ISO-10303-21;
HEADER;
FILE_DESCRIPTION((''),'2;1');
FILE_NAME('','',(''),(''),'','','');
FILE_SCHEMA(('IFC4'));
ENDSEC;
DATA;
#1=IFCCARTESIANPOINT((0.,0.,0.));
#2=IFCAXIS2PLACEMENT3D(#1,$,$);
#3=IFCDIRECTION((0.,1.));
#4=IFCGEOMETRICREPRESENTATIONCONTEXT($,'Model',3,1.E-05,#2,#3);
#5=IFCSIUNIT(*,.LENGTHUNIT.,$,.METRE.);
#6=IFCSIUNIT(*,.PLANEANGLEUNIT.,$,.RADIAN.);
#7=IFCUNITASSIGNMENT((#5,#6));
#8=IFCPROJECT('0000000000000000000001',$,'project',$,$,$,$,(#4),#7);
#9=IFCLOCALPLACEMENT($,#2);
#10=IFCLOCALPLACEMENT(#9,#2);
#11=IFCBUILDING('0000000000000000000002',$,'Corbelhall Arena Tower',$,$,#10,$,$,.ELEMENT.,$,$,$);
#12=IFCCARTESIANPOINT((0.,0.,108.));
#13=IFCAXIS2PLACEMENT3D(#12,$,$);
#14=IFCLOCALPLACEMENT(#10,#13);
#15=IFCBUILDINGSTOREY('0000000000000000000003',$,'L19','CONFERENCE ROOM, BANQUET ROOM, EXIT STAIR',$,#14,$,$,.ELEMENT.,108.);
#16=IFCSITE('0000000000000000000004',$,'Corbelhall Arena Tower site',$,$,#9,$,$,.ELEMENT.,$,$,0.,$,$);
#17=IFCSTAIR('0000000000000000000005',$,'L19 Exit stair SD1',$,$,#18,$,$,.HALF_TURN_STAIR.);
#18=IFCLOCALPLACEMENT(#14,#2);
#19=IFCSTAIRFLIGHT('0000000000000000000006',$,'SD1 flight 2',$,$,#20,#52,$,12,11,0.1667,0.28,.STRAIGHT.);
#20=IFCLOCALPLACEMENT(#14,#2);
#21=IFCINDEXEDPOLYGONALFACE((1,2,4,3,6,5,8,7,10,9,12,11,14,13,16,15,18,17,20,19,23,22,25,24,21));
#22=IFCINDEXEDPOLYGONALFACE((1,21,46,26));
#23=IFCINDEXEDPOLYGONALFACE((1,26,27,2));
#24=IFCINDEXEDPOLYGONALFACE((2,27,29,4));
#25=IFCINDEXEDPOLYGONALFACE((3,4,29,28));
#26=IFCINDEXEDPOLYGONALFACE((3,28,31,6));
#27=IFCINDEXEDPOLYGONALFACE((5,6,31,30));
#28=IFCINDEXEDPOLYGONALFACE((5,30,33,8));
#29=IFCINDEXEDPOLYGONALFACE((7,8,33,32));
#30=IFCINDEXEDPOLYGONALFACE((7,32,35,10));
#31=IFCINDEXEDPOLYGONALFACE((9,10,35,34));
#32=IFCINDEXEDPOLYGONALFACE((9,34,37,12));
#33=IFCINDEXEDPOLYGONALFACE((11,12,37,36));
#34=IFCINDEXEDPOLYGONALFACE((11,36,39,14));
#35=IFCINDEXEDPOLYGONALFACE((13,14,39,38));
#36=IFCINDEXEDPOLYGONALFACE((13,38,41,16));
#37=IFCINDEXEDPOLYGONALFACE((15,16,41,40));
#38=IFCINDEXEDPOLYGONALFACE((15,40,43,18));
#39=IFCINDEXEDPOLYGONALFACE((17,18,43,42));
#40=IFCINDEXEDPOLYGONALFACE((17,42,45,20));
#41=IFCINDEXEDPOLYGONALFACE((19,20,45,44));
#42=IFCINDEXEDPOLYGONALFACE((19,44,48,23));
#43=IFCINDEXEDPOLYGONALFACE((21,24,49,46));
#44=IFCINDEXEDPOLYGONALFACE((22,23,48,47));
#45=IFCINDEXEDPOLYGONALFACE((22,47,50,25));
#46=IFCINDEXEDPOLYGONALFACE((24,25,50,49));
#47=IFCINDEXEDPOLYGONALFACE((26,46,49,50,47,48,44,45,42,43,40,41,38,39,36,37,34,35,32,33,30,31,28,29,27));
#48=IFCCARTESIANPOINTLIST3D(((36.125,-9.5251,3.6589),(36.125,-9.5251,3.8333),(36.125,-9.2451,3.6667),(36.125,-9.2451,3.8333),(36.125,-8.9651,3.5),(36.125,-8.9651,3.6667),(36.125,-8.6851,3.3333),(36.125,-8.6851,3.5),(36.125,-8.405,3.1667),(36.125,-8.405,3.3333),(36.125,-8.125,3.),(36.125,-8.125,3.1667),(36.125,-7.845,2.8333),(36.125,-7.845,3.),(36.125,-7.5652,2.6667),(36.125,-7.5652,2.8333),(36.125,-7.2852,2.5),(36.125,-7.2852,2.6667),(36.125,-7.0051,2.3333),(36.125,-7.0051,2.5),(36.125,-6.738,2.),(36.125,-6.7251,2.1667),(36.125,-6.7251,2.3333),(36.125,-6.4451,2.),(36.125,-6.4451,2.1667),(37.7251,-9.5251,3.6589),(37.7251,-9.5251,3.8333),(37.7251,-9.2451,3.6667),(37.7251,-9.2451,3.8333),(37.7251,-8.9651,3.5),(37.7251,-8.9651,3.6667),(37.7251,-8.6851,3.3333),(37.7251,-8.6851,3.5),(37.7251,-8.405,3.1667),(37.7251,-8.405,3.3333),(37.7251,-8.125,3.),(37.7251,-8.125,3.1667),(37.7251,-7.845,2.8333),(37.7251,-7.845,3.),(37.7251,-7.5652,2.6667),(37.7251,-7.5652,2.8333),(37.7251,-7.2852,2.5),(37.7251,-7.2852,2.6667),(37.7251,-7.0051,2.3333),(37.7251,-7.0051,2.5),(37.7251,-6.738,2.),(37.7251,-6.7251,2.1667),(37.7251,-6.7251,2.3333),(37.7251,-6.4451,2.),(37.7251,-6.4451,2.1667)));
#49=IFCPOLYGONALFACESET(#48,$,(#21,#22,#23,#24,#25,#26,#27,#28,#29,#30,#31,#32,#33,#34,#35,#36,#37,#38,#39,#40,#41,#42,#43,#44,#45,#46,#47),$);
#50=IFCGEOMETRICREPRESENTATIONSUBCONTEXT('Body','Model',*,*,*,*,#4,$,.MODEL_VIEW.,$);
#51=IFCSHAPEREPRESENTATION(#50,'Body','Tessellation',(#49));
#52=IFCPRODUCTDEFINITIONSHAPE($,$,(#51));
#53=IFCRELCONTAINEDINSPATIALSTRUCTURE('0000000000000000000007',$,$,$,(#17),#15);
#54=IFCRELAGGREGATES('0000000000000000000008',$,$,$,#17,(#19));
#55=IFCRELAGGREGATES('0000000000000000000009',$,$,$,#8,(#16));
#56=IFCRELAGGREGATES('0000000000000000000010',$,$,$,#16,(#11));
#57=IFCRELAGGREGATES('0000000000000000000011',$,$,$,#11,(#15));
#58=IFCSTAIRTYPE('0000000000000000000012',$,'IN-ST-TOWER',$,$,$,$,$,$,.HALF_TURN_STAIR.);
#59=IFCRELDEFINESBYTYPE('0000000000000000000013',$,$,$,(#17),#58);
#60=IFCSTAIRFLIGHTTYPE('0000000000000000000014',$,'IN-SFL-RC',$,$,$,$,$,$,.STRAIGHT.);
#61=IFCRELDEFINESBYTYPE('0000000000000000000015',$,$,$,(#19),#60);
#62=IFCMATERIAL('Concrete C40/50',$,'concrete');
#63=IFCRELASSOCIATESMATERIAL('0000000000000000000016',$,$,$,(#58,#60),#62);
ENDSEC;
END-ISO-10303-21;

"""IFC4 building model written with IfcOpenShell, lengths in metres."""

from ifc_helpers import new_model, si_unit, direction, frame, origin, place, context, subcontext, project, spatial, polyline, outline, extrude, material, type_object, element, aggregate, save


model = new_model("IFC4")

# Units and contexts
model_context = context("Model", 3, precision=1e-05, world=origin(), true_north=direction((0.0, 1.0)))
body_context = subcontext(model_context, "Body", "Model", "MODEL_VIEW")
ifc_project = project(units=[si_unit("LENGTHUNIT", "METRE"), si_unit("PLANEANGLEUNIT", "RADIAN")], contexts=[model_context])

# Site, building, storey
site_placement = place(None, origin())
site = spatial("IfcSite", under=ifc_project, at=site_placement, Name="Corbelhall Arena Tower site", CompositionType="ELEMENT", RefElevation=0.0)
building_placement = place(site_placement, origin())
building = spatial("IfcBuilding", under=site, at=building_placement, Name="Corbelhall Arena Tower", CompositionType="ELEMENT")
storey_placement = place(building_placement, frame((0.0, 0.0, 108.0)))
storey = spatial("IfcBuildingStorey", under=building, at=storey_placement, Name="L19", Description="CONFERENCE ROOM, BANQUET ROOM, EXIT STAIR", CompositionType="ELEMENT", Elevation=108.0)

# Shared definitions
ifc_material_1 = material(Name="Concrete C40/50", Category="concrete")

# Stair, stair flight
stair_type = type_object("IfcStairType", Name="IN-ST-TOWER", PredefinedType="HALF_TURN_STAIR", material=ifc_material_1)
stair_placement = place(storey_placement, origin())
stair = element("IfcStair", 1, at=stair_placement, inside=storey, type_object=stair_type, Name="L19 Exit stair SD1", PredefinedType="HALF_TURN_STAIR")
stair_flight_type = type_object("IfcStairFlightType", Name="IN-SFL-RC", PredefinedType="STRAIGHT", material=ifc_material_1)
stair_flight_1_placement = place(storey_placement, frame((36.925, -6.4451, 2.0), z_axis=(0.0, 0.0, 1.0), x_axis=(0.0, -1.0, 0.0)))
stair_flight_1 = element("IfcStairFlight", 2, at=stair_flight_1_placement, type_object=stair_flight_type, Name="SD1 flight 2", NumberOfRisers=12, NumberOfTreads=11, PredefinedType="STRAIGHT", RiserHeight=0.1667, TreadLength=0.28, context=body_context, shape_type="SweptSolid", body=[
    extrude(outline(polyline([(0.0, 0.0), (0.0, 0.1667), (0.28, 0.1667), (0.28, 0.3333), (0.5601, 0.3333), (0.5601, 0.5), (0.8401, 0.5), (0.8401, 0.6667), (1.1201, 0.6667), (1.1201, 0.8333), (1.3999, 0.8333), (1.3999, 1.0), (1.6799, 1.0), (1.6799, 1.1667), (1.96, 1.1667), (1.96, 1.3333), (2.24, 1.3333), (2.24, 1.5), (2.52, 1.5), (2.52, 1.6667), (2.8, 1.6667), (2.8, 1.8333), (3.0801, 1.8333), (3.0801, 2.0), (3.0801, 1.6589), (0.293, 0.0), (0.0, 0.0)])), frame((0.0, 0.8, 0.0), z_axis=(0.0, -1.0, 0.0), x_axis=(1.0, 0.0, 0.0)), (0.0, 0.0, 1.0), 1.6001),
])
aggregate(stair, [stair_flight_1])

save(model, "model.ifc")
